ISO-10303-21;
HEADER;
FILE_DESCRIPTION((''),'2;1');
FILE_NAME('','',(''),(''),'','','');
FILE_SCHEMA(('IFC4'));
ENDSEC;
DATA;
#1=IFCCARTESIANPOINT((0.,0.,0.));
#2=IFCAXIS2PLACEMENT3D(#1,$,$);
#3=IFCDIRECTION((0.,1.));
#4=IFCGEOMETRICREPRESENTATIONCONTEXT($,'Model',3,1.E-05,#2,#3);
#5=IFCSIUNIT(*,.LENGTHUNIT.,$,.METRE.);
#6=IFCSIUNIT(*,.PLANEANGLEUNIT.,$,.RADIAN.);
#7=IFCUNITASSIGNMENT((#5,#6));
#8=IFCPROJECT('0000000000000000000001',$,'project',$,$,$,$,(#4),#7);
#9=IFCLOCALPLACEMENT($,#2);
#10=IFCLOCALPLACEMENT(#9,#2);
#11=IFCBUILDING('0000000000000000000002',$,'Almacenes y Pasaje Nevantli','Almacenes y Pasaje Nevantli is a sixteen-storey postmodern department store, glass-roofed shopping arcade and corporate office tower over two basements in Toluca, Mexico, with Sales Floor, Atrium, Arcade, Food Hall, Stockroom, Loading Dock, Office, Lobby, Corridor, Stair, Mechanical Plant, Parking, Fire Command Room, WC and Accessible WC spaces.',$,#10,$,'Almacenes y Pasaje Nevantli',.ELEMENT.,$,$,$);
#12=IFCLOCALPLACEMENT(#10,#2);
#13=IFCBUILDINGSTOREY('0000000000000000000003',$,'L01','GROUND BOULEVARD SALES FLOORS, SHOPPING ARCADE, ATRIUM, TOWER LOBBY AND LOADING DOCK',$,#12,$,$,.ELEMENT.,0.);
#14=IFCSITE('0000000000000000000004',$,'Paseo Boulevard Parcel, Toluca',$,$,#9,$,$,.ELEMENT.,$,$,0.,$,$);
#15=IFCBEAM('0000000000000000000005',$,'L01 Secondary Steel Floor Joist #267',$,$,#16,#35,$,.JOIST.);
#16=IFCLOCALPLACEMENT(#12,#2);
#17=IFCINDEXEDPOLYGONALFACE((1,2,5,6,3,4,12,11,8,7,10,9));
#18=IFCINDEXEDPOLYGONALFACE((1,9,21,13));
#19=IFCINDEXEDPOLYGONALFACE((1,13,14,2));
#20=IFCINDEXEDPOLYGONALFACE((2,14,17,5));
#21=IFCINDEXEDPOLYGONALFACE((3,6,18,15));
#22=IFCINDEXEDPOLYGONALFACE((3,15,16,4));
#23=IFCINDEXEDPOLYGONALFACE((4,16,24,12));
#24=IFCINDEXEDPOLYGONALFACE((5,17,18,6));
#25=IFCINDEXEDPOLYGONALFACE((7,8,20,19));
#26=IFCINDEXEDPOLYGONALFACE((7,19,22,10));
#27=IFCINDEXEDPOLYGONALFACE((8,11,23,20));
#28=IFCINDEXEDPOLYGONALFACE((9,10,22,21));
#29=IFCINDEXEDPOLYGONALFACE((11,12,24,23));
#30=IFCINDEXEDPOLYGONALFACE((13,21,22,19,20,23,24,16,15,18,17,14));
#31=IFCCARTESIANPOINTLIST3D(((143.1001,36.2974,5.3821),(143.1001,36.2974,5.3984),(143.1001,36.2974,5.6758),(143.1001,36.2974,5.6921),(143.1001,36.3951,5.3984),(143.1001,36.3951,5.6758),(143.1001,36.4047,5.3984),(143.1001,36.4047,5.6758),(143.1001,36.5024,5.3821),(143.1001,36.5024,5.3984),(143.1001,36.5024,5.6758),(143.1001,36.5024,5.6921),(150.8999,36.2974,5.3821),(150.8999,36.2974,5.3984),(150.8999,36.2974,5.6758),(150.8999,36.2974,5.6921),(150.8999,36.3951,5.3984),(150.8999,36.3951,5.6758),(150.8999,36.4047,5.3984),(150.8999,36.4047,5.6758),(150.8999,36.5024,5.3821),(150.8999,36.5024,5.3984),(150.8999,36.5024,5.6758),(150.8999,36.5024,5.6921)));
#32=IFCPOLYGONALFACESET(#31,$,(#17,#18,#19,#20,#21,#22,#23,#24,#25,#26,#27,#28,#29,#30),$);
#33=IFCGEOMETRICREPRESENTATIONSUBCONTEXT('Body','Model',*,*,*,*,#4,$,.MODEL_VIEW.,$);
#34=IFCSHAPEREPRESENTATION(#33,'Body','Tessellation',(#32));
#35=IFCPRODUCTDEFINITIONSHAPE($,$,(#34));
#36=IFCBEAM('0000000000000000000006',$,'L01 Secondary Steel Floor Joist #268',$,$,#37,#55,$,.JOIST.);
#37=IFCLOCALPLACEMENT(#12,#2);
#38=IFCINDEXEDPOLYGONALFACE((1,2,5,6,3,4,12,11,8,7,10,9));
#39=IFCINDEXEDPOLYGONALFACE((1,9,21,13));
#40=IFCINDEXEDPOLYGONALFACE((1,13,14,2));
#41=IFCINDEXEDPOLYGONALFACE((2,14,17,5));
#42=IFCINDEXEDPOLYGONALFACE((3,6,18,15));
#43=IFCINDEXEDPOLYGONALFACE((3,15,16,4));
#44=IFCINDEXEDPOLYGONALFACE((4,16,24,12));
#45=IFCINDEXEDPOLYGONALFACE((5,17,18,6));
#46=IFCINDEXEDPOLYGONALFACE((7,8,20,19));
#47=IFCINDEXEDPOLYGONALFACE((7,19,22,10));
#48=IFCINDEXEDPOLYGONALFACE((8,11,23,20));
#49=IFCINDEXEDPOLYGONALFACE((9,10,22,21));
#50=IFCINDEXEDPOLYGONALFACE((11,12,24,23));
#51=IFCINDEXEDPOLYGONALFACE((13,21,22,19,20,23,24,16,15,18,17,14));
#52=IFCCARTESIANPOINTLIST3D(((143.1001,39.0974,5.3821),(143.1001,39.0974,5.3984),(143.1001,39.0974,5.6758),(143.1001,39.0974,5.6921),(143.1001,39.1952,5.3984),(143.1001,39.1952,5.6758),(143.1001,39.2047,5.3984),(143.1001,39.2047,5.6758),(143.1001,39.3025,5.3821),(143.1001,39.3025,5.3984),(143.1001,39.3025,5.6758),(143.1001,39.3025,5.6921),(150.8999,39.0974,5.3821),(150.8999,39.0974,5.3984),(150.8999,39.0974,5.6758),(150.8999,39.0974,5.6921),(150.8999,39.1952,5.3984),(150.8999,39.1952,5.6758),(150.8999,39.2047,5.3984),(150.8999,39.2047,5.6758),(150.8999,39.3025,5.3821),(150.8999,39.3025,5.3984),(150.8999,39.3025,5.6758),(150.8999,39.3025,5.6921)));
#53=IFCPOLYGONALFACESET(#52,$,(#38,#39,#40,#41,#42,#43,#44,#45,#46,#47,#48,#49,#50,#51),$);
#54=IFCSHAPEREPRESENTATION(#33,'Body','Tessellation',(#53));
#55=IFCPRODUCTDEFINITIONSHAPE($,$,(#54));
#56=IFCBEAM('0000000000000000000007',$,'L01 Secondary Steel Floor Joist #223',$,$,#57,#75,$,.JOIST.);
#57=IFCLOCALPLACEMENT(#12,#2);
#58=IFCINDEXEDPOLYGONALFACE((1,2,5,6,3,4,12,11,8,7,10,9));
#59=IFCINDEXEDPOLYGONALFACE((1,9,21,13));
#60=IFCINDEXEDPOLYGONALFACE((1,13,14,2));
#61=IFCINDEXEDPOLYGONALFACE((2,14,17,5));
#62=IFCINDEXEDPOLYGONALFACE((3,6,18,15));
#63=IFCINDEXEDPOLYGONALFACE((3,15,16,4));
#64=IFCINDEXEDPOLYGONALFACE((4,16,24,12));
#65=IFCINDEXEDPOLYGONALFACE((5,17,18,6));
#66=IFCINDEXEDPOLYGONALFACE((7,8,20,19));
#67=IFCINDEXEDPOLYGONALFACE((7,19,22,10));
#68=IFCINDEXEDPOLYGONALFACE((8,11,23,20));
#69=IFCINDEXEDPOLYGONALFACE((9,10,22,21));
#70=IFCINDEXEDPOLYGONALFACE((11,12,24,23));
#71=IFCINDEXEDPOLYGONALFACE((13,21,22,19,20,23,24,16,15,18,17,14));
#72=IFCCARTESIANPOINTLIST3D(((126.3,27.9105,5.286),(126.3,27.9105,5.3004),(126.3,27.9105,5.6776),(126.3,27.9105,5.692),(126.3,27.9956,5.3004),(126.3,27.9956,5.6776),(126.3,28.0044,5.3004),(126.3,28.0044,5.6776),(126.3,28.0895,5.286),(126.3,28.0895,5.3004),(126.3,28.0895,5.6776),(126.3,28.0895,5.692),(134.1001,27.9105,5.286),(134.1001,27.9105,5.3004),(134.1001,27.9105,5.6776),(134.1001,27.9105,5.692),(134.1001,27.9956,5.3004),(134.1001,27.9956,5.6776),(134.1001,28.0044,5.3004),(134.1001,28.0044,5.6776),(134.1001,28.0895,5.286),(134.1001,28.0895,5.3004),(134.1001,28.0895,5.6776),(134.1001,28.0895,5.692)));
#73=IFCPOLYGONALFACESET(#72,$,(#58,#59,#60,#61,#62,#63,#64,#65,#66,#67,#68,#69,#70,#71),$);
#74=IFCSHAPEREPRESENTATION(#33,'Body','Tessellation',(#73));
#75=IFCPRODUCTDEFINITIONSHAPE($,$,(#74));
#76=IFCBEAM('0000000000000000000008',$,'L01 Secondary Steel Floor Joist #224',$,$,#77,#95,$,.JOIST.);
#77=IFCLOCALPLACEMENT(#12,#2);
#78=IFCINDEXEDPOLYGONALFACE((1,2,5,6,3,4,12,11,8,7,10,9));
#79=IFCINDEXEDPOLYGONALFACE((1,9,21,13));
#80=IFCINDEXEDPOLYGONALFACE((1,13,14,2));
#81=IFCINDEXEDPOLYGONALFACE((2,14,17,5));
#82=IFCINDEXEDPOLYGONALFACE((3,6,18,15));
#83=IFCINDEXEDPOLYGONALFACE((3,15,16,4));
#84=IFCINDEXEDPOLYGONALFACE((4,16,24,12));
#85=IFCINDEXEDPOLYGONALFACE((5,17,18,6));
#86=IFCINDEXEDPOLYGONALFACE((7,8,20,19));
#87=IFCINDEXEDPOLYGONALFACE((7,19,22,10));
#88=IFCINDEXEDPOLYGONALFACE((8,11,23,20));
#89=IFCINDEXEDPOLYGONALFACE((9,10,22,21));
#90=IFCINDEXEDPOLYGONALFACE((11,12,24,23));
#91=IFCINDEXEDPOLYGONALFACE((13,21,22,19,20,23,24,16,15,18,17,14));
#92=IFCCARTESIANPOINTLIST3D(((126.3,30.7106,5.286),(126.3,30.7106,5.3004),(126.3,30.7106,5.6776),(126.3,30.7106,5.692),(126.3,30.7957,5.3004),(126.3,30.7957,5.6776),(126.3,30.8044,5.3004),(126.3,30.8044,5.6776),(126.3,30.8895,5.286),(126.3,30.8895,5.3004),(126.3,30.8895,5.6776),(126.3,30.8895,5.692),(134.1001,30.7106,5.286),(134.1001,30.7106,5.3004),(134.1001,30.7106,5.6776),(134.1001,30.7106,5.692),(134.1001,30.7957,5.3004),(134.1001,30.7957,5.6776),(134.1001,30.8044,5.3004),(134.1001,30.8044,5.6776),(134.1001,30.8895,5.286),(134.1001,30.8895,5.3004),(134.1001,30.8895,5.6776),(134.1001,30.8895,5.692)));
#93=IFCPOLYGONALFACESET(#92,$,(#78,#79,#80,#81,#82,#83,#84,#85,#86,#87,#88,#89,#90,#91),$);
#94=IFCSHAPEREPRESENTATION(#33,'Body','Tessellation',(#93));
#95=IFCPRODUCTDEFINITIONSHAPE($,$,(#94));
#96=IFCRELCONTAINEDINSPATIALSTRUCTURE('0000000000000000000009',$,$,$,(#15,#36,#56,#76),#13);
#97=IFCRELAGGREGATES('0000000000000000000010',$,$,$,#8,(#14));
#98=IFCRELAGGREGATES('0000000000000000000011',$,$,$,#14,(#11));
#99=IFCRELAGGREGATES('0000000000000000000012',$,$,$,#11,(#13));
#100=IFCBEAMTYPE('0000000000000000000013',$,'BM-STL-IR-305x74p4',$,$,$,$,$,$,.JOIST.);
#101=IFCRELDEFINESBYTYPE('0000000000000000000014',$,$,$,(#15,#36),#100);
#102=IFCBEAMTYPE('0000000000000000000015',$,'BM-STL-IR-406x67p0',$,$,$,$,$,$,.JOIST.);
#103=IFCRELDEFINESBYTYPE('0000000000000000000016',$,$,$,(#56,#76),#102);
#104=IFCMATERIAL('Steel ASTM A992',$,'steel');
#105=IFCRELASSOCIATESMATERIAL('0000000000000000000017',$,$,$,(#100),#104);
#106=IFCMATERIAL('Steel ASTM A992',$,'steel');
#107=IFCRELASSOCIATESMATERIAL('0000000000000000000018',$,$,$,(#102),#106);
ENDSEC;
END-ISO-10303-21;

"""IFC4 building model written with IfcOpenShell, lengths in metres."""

from ifc_helpers import new_model, si_unit, direction, frame, origin, origin_2d, place, context, subcontext, project, spatial, i_section, extrude, material, material_profile, profile_set, type_object, element, save


model = new_model("IFC4")

# Units and contexts
model_context = context("Model", 3, precision=1e-05, world=origin(), true_north=direction((0.0, 1.0)))
body_context = subcontext(model_context, "Body", "Model", "MODEL_VIEW")
ifc_project = project(units=[si_unit("LENGTHUNIT", "METRE"), si_unit("PLANEANGLEUNIT", "RADIAN")], contexts=[model_context])

# Site, building, storey
site_placement = place(None, origin())
site = spatial("IfcSite", under=ifc_project, at=site_placement, Name="Paseo Boulevard Parcel, Toluca", CompositionType="ELEMENT", RefElevation=0.0)
building_placement = place(site_placement, origin())
building = spatial("IfcBuilding", under=site, at=building_placement, Name="Almacenes y Pasaje Nevantli", Description="Almacenes y Pasaje Nevantli is a sixteen-storey postmodern department store, glass-roofed shopping arcade and corporate office tower over two basements in Toluca, Mexico, with Sales Floor, Atrium, Arcade, Food Hall, Stockroom, Loading Dock, Office, Lobby, Corridor, Stair, Mechanical Plant, Parking, Fire Command Room, WC and Accessible WC spaces.", LongName="Almacenes y Pasaje Nevantli", CompositionType="ELEMENT")
storey_placement = place(building_placement, origin())
storey = spatial("IfcBuildingStorey", under=building, at=storey_placement, Name="L01", Description="GROUND BOULEVARD SALES FLOORS, SHOPPING ARCADE, ATRIUM, TOWER LOBBY AND LOADING DOCK", CompositionType="ELEMENT", Elevation=0.0)

# Beams
ifc_material_1 = material(Name="Steel ASTM A992", Category="steel")
ifc_material_profile_1 = material_profile(ifc_material_1, i_section(OverallWidth=0.2051, OverallDepth=0.3101, WebThickness=0.0095, FlangeThickness=0.0164, at=origin_2d()), Name="IR 305x74.4")
ifc_profile_set_1 = profile_set([ifc_material_profile_1], Name="Steel ASTM A992")
beam_type_1 = type_object("IfcBeamType", Name="BM-STL-IR-305x74p4", PredefinedType="JOIST", material=ifc_profile_set_1)
for number, where, z_axis, x_axis, name in (
    (1, (143.1001, 36.3999, 5.5371), (1.0, 0.0, 0.0), (0.0, 1.0, 0.0), "L01 Secondary Steel Floor Joist #267"),
    (2, (143.1001, 39.2, 5.5371), (1.0, 0.0, 0.0), (0.0, 1.0, 0.0), "L01 Secondary Steel Floor Joist #268"),
):
    element("IfcBeam", number, at=place(storey_placement, frame(where, z_axis=z_axis, x_axis=x_axis)), inside=storey, type_object=beam_type_1, Name=name, PredefinedType="JOIST", context=body_context, shape_type="SweptSolid", body=[
        extrude(i_section(OverallWidth=0.2051, OverallDepth=0.3101, WebThickness=0.0095, FlangeThickness=0.0164, at=origin_2d()), origin(), (0.0, 0.0, 1.0), 7.7998),
    ])
ifc_material_2 = material(Name="Steel ASTM A992", Category="steel")
ifc_material_profile_2 = material_profile(ifc_material_2, i_section(OverallWidth=0.179, OverallDepth=0.406, WebThickness=0.0088, FlangeThickness=0.0144, at=origin_2d()), Name="IR 406x67.0")
ifc_profile_set_2 = profile_set([ifc_material_profile_2], Name="Steel ASTM A992")
beam_type_2 = type_object("IfcBeamType", Name="BM-STL-IR-406x67p0", PredefinedType="JOIST", material=ifc_profile_set_2)
for number, where, z_axis, x_axis, name in (
    (3, (126.3, 28.0, 5.489), (1.0, 0.0, 0.0), (0.0, 1.0, 0.0), "L01 Secondary Steel Floor Joist #223"),
    (4, (126.3, 30.8, 5.489), (1.0, 0.0, 0.0), (0.0, 1.0, 0.0), "L01 Secondary Steel Floor Joist #224"),
):
    element("IfcBeam", number, at=place(storey_placement, frame(where, z_axis=z_axis, x_axis=x_axis)), inside=storey, type_object=beam_type_2, Name=name, PredefinedType="JOIST", context=body_context, shape_type="SweptSolid", body=[
        extrude(i_section(OverallWidth=0.179, OverallDepth=0.406, WebThickness=0.0088, FlangeThickness=0.0144, at=origin_2d()), origin(), (0.0, 0.0, 1.0), 7.8),
    ])

save(model, "model.ifc")
